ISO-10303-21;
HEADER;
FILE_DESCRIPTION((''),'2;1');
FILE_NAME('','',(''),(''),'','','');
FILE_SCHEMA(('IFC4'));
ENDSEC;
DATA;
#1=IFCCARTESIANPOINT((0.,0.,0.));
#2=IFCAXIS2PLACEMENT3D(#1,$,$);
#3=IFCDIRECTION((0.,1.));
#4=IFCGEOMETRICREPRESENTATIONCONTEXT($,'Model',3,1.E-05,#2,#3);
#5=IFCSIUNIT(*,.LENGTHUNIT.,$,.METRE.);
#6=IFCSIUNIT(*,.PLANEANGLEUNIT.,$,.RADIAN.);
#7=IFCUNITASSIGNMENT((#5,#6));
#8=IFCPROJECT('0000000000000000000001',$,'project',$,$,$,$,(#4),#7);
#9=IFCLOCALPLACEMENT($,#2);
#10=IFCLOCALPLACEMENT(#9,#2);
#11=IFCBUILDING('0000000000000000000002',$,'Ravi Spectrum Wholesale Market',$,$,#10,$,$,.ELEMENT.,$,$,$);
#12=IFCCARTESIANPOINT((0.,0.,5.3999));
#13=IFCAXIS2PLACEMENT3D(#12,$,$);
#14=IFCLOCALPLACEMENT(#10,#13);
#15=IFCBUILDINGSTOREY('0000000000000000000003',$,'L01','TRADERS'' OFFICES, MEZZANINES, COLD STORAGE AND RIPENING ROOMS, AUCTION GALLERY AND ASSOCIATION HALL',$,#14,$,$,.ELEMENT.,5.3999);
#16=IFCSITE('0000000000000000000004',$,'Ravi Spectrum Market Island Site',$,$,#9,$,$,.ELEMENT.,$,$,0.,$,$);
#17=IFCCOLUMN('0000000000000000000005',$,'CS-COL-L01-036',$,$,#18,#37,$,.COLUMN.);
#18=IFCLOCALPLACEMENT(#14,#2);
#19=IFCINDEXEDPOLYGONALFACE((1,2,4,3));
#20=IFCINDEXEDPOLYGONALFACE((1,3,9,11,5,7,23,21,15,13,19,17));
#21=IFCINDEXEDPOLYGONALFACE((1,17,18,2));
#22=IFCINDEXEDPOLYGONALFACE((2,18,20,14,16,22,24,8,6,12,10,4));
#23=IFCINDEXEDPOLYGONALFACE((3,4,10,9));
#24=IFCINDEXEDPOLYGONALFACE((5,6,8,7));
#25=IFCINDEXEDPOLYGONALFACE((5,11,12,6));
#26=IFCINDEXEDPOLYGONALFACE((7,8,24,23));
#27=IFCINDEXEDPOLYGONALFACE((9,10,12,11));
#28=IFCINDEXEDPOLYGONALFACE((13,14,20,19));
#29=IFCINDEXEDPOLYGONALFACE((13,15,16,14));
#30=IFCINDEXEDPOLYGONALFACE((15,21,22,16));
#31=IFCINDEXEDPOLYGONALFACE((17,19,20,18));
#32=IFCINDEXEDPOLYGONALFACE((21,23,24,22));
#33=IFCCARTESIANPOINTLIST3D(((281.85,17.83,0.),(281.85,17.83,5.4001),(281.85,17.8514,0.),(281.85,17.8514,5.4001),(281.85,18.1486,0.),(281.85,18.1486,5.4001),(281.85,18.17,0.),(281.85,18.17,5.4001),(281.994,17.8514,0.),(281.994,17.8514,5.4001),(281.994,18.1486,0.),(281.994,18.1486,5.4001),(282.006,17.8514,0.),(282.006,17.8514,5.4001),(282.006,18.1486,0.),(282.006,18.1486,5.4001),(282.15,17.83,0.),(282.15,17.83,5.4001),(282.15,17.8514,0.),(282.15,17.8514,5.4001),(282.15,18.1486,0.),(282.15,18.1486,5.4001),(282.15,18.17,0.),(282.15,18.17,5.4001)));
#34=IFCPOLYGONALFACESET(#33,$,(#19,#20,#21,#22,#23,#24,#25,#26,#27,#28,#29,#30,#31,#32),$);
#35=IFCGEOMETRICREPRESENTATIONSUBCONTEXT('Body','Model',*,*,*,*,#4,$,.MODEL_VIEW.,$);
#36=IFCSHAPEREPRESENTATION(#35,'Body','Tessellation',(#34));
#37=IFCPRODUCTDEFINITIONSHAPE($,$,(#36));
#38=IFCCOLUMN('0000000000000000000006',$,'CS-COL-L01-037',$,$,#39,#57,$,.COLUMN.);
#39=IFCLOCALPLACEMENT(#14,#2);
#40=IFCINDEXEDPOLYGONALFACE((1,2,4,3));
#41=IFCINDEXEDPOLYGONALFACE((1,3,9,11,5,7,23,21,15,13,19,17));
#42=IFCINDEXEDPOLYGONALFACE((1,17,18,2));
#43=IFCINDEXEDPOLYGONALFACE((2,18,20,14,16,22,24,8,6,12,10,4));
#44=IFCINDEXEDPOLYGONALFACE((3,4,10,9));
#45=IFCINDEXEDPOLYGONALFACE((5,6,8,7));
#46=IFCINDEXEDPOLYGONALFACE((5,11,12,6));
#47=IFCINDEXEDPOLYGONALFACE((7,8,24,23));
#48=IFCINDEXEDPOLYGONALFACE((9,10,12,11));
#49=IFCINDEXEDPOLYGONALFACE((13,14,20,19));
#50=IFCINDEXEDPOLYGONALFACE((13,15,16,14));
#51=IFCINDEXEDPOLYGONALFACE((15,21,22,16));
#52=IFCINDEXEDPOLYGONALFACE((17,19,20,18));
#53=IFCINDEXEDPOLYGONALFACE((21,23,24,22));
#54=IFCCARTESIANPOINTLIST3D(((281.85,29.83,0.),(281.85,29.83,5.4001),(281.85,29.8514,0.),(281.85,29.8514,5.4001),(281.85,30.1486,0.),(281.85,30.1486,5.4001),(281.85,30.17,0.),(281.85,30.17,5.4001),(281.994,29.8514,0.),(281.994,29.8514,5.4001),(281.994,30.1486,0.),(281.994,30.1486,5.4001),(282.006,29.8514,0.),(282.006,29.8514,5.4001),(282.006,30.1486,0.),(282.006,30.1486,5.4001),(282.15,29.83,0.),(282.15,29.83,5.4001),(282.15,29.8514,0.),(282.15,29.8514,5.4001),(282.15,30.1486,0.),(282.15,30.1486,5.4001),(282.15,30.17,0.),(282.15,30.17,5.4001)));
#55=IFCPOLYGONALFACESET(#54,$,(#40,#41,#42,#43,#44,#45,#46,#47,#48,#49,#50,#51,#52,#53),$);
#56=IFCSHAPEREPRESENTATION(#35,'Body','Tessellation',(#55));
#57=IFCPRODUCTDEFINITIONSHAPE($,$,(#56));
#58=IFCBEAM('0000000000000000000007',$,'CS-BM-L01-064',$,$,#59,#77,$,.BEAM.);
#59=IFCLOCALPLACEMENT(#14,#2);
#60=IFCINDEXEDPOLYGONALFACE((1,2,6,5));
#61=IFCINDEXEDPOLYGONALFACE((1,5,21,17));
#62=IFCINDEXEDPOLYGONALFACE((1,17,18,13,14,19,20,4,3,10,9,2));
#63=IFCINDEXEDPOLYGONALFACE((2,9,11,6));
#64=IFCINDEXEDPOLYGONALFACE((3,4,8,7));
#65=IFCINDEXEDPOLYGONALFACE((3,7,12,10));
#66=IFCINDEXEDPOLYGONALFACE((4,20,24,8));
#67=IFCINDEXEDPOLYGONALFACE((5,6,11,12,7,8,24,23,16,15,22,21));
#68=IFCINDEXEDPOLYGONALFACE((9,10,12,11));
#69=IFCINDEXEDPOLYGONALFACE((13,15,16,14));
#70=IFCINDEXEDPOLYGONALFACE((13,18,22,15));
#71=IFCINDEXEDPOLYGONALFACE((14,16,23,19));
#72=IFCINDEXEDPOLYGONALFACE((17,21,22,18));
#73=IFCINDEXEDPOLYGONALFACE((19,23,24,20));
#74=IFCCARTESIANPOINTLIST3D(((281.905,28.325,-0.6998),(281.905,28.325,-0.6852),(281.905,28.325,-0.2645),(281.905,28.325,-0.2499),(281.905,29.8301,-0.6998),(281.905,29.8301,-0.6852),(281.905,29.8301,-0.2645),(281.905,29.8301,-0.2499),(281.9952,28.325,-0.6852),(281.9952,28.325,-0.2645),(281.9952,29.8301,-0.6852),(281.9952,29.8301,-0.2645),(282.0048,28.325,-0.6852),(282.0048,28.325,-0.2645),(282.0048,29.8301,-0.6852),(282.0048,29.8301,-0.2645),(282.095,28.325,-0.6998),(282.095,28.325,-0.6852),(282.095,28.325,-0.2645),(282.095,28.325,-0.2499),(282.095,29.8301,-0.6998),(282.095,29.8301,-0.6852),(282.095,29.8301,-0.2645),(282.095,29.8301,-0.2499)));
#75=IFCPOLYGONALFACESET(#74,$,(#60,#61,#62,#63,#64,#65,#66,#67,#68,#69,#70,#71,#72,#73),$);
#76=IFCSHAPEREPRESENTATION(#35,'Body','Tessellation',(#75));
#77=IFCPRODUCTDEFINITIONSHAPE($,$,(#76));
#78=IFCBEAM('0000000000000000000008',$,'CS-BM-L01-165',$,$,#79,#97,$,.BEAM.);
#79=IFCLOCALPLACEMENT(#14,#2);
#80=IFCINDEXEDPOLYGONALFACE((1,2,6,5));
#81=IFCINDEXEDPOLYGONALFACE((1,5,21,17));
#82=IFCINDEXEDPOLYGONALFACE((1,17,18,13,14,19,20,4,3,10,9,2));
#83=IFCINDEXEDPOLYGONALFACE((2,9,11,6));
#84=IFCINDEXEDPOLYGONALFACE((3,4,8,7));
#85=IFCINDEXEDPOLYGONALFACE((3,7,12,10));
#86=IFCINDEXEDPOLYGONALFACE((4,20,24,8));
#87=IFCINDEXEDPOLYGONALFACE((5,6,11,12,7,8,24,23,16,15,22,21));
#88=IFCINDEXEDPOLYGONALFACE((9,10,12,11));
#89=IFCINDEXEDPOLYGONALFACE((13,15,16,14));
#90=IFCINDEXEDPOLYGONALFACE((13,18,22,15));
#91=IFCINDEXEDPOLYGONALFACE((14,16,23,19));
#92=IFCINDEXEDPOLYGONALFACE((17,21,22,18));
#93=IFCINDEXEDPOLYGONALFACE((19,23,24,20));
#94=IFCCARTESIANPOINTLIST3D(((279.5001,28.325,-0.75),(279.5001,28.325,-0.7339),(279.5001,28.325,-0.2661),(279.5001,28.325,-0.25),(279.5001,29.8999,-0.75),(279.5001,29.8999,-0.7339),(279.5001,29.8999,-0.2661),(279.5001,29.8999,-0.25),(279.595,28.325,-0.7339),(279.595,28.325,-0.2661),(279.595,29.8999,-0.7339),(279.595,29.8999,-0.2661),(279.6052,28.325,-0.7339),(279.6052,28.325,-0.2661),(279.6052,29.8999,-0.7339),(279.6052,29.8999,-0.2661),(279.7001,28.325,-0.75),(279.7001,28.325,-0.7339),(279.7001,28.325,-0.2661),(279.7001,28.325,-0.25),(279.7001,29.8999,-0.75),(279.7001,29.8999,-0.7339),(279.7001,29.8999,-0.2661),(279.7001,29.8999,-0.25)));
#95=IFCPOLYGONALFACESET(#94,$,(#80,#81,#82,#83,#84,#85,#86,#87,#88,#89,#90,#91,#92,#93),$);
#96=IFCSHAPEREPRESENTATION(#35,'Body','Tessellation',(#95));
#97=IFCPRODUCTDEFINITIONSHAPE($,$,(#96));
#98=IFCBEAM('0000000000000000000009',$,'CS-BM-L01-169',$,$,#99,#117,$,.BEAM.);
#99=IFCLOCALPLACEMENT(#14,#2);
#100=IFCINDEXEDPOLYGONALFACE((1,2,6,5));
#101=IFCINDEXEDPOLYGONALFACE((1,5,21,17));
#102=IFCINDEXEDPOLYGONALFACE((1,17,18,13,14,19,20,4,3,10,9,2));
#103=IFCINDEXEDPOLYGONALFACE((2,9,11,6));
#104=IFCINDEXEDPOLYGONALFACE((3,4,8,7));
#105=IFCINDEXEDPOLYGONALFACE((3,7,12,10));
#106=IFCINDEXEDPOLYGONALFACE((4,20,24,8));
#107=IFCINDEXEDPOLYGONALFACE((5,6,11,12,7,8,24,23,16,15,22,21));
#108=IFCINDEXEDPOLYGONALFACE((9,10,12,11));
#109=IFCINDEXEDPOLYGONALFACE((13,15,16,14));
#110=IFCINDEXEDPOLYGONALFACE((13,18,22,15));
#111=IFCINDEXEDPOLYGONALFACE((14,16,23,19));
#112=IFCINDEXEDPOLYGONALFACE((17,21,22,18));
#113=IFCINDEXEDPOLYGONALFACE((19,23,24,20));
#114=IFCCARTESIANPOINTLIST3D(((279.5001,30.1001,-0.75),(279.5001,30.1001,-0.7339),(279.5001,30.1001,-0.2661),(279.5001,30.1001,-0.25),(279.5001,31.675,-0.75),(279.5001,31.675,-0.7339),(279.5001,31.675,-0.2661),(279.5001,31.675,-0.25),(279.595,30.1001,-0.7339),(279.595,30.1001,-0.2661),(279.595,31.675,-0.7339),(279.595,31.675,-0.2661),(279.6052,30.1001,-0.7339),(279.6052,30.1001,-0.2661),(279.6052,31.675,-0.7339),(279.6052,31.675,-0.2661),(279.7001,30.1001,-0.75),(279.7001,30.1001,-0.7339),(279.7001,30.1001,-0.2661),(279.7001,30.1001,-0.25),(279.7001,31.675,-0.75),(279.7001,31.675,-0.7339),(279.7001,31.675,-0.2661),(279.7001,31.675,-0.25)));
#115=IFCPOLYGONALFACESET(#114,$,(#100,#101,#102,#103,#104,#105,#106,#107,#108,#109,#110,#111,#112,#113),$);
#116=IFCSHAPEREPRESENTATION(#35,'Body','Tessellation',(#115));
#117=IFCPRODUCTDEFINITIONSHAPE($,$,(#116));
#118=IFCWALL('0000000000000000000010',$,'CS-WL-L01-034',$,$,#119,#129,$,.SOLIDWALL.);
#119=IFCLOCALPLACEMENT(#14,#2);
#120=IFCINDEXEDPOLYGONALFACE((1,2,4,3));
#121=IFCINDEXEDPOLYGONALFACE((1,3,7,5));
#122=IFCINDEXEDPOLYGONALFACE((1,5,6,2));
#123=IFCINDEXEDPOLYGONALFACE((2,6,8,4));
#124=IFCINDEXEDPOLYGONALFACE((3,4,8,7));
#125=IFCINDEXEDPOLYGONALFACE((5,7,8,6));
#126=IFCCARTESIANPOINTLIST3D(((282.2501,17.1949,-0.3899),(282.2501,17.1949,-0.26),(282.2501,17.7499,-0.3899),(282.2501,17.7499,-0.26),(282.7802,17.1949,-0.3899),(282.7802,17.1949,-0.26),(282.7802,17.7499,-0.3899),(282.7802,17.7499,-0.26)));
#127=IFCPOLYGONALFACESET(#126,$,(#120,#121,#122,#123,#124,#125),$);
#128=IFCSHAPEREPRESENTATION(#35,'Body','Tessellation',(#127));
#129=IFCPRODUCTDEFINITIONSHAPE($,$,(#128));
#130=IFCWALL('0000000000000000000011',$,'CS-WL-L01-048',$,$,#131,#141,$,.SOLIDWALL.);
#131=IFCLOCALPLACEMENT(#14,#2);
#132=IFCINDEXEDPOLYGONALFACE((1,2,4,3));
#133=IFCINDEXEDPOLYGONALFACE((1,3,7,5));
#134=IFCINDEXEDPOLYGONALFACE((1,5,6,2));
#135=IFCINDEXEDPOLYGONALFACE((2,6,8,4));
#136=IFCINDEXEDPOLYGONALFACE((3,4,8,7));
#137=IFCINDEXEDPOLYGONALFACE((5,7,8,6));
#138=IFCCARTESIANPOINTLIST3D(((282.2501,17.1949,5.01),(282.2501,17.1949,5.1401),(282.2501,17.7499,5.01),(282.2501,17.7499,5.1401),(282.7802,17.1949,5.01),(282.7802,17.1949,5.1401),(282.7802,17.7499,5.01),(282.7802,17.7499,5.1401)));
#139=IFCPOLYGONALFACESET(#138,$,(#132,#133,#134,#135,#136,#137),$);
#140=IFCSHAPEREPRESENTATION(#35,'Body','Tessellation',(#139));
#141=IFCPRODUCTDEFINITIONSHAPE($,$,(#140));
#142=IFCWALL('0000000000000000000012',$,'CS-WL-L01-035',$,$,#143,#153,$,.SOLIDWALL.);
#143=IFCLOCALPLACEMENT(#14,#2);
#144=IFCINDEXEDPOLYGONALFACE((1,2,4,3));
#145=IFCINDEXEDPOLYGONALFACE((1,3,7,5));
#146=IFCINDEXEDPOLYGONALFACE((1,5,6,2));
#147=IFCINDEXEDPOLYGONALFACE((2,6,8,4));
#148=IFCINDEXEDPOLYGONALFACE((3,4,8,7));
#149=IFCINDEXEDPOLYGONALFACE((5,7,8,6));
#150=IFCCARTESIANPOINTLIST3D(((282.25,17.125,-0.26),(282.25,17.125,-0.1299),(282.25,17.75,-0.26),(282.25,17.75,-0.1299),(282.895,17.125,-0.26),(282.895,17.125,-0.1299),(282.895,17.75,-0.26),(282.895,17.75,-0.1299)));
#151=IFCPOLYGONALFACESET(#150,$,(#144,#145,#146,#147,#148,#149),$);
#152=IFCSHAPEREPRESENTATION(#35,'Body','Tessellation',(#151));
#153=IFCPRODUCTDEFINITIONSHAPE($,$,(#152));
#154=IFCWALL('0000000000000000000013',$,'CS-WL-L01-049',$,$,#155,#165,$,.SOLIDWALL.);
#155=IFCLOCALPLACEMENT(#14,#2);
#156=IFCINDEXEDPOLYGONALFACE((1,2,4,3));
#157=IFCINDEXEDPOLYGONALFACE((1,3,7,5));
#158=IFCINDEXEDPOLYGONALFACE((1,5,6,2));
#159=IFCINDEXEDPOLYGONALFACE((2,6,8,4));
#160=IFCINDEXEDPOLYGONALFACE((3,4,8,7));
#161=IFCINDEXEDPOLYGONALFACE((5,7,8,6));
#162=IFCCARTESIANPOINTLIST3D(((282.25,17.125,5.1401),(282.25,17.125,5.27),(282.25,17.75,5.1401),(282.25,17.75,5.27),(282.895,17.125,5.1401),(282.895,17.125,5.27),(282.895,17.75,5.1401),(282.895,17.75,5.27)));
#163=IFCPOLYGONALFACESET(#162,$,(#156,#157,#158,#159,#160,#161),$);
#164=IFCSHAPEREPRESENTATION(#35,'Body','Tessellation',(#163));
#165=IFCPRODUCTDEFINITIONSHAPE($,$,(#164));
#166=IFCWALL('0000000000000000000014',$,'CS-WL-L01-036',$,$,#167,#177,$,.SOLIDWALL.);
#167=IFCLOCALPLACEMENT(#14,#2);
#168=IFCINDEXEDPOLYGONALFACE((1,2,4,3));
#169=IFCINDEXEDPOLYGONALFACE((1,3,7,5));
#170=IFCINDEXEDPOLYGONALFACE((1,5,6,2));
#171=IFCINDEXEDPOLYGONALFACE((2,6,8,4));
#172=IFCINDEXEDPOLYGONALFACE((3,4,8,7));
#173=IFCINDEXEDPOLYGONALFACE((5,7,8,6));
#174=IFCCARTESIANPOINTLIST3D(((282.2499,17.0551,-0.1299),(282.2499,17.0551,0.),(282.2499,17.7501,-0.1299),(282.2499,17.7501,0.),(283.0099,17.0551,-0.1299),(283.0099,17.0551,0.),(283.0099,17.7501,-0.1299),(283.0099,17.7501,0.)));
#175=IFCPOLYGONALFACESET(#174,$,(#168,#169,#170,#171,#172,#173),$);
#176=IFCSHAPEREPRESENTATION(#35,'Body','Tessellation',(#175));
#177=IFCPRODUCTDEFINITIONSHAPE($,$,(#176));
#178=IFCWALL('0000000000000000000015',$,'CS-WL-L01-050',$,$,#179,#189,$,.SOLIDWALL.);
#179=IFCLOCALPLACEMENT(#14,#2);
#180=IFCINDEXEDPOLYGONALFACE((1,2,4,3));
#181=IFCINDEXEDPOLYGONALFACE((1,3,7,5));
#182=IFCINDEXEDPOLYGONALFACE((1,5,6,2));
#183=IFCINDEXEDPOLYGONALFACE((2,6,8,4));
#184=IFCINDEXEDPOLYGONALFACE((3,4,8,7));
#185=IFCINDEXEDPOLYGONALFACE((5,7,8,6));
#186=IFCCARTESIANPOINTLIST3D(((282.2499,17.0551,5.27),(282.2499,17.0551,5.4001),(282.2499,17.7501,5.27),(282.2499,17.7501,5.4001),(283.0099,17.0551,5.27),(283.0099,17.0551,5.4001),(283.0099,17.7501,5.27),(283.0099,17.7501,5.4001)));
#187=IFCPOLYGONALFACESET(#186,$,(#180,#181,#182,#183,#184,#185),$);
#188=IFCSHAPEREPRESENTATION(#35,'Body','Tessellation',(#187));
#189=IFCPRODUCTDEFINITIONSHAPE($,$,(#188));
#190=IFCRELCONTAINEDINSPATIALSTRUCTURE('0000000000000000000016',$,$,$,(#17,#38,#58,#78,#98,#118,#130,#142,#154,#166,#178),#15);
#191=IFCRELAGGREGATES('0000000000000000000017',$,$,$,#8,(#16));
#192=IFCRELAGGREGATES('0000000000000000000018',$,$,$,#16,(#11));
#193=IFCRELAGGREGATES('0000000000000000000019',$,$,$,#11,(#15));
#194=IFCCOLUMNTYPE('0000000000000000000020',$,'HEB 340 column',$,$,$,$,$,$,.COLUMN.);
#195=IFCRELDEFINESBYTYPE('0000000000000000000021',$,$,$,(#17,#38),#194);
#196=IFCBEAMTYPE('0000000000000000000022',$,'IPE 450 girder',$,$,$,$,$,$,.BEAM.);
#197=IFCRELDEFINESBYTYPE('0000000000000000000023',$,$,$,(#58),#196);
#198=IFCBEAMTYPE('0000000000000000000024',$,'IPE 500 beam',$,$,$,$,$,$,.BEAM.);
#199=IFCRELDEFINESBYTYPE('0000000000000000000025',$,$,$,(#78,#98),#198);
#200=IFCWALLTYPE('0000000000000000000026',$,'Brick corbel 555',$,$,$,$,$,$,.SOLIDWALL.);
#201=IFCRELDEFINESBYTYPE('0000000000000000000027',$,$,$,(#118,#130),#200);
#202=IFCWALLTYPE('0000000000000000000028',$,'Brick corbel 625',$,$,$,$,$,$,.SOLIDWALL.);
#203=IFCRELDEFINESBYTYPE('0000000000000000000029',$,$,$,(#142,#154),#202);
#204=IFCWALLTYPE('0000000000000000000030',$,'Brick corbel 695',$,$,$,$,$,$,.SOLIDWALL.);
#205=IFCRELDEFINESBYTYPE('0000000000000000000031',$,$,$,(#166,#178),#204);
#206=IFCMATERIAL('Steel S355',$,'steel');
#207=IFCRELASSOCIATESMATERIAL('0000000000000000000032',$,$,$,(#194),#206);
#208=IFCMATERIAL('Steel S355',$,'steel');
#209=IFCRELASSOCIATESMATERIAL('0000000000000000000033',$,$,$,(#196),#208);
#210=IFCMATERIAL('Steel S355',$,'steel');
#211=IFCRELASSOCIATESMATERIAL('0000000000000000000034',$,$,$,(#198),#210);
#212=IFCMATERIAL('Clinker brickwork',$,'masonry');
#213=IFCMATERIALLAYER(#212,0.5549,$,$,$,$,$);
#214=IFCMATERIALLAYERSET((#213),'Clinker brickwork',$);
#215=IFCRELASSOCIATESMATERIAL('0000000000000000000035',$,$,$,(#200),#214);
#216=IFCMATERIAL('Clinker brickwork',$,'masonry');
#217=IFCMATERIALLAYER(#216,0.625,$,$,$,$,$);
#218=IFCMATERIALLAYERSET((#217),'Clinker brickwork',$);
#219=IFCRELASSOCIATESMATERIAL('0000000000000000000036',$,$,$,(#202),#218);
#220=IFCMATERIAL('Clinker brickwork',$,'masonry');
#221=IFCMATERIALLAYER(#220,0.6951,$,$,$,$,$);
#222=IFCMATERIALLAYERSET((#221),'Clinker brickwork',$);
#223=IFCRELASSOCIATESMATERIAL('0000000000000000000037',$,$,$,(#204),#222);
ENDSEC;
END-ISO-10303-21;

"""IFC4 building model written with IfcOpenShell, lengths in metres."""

from ifc_helpers import new_model, si_unit, direction, frame, frame_2d, origin, origin_2d, place, context, subcontext, project, spatial, rectangle, i_section, extrude, material, layer, layer_set, material_profile, profile_set, type_object, element, save


model = new_model("IFC4")

# Units and contexts
model_context = context("Model", 3, precision=1e-05, world=origin(), true_north=direction((0.0, 1.0)))
body_context = subcontext(model_context, "Body", "Model", "MODEL_VIEW")
ifc_project = project(units=[si_unit("LENGTHUNIT", "METRE"), si_unit("PLANEANGLEUNIT", "RADIAN")], contexts=[model_context])

# Site, building, storey
site_placement = place(None, origin())
site = spatial("IfcSite", under=ifc_project, at=site_placement, Name="Ravi Spectrum Market Island Site", CompositionType="ELEMENT", RefElevation=0.0)
building_placement = place(site_placement, origin())
building = spatial("IfcBuilding", under=site, at=building_placement, Name="Ravi Spectrum Wholesale Market", CompositionType="ELEMENT")
storey_placement = place(building_placement, frame((0.0, 0.0, 5.3999)))
storey = spatial("IfcBuildingStorey", under=building, at=storey_placement, Name="L01", Description="TRADERS' OFFICES, MEZZANINES, COLD STORAGE AND RIPENING ROOMS, AUCTION GALLERY AND ASSOCIATION HALL", CompositionType="ELEMENT", Elevation=5.3999)

# Columns
ifc_material_1 = material(Name="Steel S355", Category="steel")
ifc_material_profile_1 = material_profile(ifc_material_1, i_section(OverallWidth=0.3, OverallDepth=0.3401, WebThickness=0.012, FlangeThickness=0.0215, at=origin_2d()))
ifc_profile_set_1 = profile_set([ifc_material_profile_1], Name="Steel S355")
column_type = type_object("IfcColumnType", Name="HEB 340 column", PredefinedType="COLUMN", material=ifc_profile_set_1)
for number, where, z_axis, x_axis, name in (
    (1, (282.0, 18.0, 0.0), (0.0, 0.0, 1.0), (1.0, 0.0, 0.0), "CS-COL-L01-036"),
    (2, (282.0, 30.0, 0.0), (0.0, 0.0, 1.0), (1.0, 0.0, 0.0), "CS-COL-L01-037"),
):
    element("IfcColumn", number, at=place(storey_placement, frame(where, z_axis=z_axis, x_axis=x_axis)), inside=storey, type_object=column_type, Name=name, PredefinedType="COLUMN", context=body_context, shape_type="SweptSolid", body=[
        extrude(i_section(OverallWidth=0.3, OverallDepth=0.3401, WebThickness=0.012, FlangeThickness=0.0215, at=origin_2d()), origin(), (0.0, 0.0, 1.0), 5.4001),
    ])

# Beams
ifc_material_2 = material(Name="Steel S355", Category="steel")
ifc_material_profile_2 = material_profile(ifc_material_2, i_section(OverallWidth=0.1899, OverallDepth=0.45, WebThickness=0.0095, FlangeThickness=0.0146, at=origin_2d()))
ifc_profile_set_2 = profile_set([ifc_material_profile_2], Name="Steel S355")
beam_type_1 = type_object("IfcBeamType", Name="IPE 450 girder", PredefinedType="BEAM", material=ifc_profile_set_2)
beam_placement = place(storey_placement, frame((282.0, 28.325, -0.4749), z_axis=(0.0, 1.0, 0.0), x_axis=(-1.0, 0.0, 0.0)))
element("IfcBeam", 3, at=beam_placement, inside=storey, type_object=beam_type_1, Name="CS-BM-L01-064", PredefinedType="BEAM", context=body_context, shape_type="SweptSolid", body=[
    extrude(i_section(OverallWidth=0.1899, OverallDepth=0.45, WebThickness=0.0095, FlangeThickness=0.0146, at=origin_2d()), origin(), (0.0, 0.0, 1.0), 1.5051),
])
ifc_material_3 = material(Name="Steel S355", Category="steel")
ifc_material_profile_3 = material_profile(ifc_material_3, i_section(OverallWidth=0.2, OverallDepth=0.5, WebThickness=0.0103, FlangeThickness=0.0161, at=origin_2d()))
ifc_profile_set_3 = profile_set([ifc_material_profile_3], Name="Steel S355")
beam_type_2 = type_object("IfcBeamType", Name="IPE 500 beam", PredefinedType="BEAM", material=ifc_profile_set_3)
for number, where, z_axis, x_axis, name in (
    (4, (279.6001, 28.325, -0.5), (0.0, 1.0, 0.0), (-1.0, 0.0, 0.0), "CS-BM-L01-165"),
    (5, (279.6001, 30.1001, -0.5), (0.0, 1.0, 0.0), (-1.0, 0.0, 0.0), "CS-BM-L01-169"),
):
    element("IfcBeam", number, at=place(storey_placement, frame(where, z_axis=z_axis, x_axis=x_axis)), inside=storey, type_object=beam_type_2, Name=name, PredefinedType="BEAM", context=body_context, shape_type="SweptSolid", body=[
        extrude(i_section(OverallWidth=0.2, OverallDepth=0.5, WebThickness=0.0103, FlangeThickness=0.0161, at=origin_2d()), origin(), (0.0, 0.0, 1.0), 1.575),
    ])

# Walls
ifc_material_4 = material(Name="Clinker brickwork", Category="masonry")
ifc_layer_1 = layer(ifc_material_4, 0.5549)
ifc_layer_set_1 = layer_set([ifc_layer_1], Name="Clinker brickwork")
wall_type_1 = type_object("IfcWallType", Name="Brick corbel 555", PredefinedType="SOLIDWALL", material=ifc_layer_set_1)
wall_1_placement = place(storey_placement, frame((282.25, 17.4724, -0.3899), z_axis=(0.0, 0.0, 1.0), x_axis=(1.0, 0.0, 0.0)))
element("IfcWall", 6, at=wall_1_placement, inside=storey, type_object=wall_type_1, Name="CS-WL-L01-034", PredefinedType="SOLIDWALL", context=body_context, shape_type="SweptSolid", body=[
    extrude(rectangle(XDim=0.53, YDim=0.5549, at=frame_2d((0.2651, 0.0))), origin(), (0.0, 0.0, 1.0), 0.1299),
])
wall_2_placement = place(storey_placement, frame((282.25, 17.4724, 5.01), z_axis=(0.0, 0.0, 1.0), x_axis=(1.0, 0.0, 0.0)))
element("IfcWall", 7, at=wall_2_placement, inside=storey, type_object=wall_type_1, Name="CS-WL-L01-048", PredefinedType="SOLIDWALL", context=body_context, shape_type="SweptSolid", body=[
    extrude(rectangle(XDim=0.53, YDim=0.5549, at=frame_2d((0.2651, 0.0))), origin(), (0.0, 0.0, 1.0), 0.1301),
])
ifc_material_5 = material(Name="Clinker brickwork", Category="masonry")
ifc_layer_2 = layer(ifc_material_5, 0.625)
ifc_layer_set_2 = layer_set([ifc_layer_2], Name="Clinker brickwork")
wall_type_2 = type_object("IfcWallType", Name="Brick corbel 625", PredefinedType="SOLIDWALL", material=ifc_layer_set_2)
wall_3_placement = place(storey_placement, frame((282.25, 17.4375, -0.26), z_axis=(0.0, 0.0, 1.0), x_axis=(1.0, 0.0, 0.0)))
element("IfcWall", 8, at=wall_3_placement, inside=storey, type_object=wall_type_2, Name="CS-WL-L01-035", PredefinedType="SOLIDWALL", context=body_context, shape_type="SweptSolid", body=[
    extrude(rectangle(XDim=0.645, YDim=0.625, at=frame_2d((0.3225, 0.0))), origin(), (0.0, 0.0, 1.0), 0.1301),
])
wall_4_placement = place(storey_placement, frame((282.25, 17.4375, 5.1401), z_axis=(0.0, 0.0, 1.0), x_axis=(1.0, 0.0, 0.0)))
element("IfcWall", 9, at=wall_4_placement, inside=storey, type_object=wall_type_2, Name="CS-WL-L01-049", PredefinedType="SOLIDWALL", context=body_context, shape_type="SweptSolid", body=[
    extrude(rectangle(XDim=0.645, YDim=0.625, at=frame_2d((0.3225, 0.0))), origin(), (0.0, 0.0, 1.0), 0.1299),
])
ifc_material_6 = material(Name="Clinker brickwork", Category="masonry")
ifc_layer_3 = layer(ifc_material_6, 0.6951)
ifc_layer_set_3 = layer_set([ifc_layer_3], Name="Clinker brickwork")
wall_type_3 = type_object("IfcWallType", Name="Brick corbel 695", PredefinedType="SOLIDWALL", material=ifc_layer_set_3)
wall_5_placement = place(storey_placement, frame((282.25, 17.4026, -0.1299), z_axis=(0.0, 0.0, 1.0), x_axis=(1.0, 0.0, 0.0)))
element("IfcWall", 10, at=wall_5_placement, inside=storey, type_object=wall_type_3, Name="CS-WL-L01-036", PredefinedType="SOLIDWALL", context=body_context, shape_type="SweptSolid", body=[
    extrude(rectangle(XDim=0.76, YDim=0.6951, at=frame_2d((0.3799, 0.0))), origin(), (0.0, 0.0, 1.0), 0.1299),
])
wall_6_placement = place(storey_placement, frame((282.25, 17.4026, 5.27), z_axis=(0.0, 0.0, 1.0), x_axis=(1.0, 0.0, 0.0)))
element("IfcWall", 11, at=wall_6_placement, inside=storey, type_object=wall_type_3, Name="CS-WL-L01-050", PredefinedType="SOLIDWALL", context=body_context, shape_type="SweptSolid", body=[
    extrude(rectangle(XDim=0.76, YDim=0.6951, at=frame_2d((0.3799, 0.0))), origin(), (0.0, 0.0, 1.0), 0.1301),
])

save(model, "model.ifc")
